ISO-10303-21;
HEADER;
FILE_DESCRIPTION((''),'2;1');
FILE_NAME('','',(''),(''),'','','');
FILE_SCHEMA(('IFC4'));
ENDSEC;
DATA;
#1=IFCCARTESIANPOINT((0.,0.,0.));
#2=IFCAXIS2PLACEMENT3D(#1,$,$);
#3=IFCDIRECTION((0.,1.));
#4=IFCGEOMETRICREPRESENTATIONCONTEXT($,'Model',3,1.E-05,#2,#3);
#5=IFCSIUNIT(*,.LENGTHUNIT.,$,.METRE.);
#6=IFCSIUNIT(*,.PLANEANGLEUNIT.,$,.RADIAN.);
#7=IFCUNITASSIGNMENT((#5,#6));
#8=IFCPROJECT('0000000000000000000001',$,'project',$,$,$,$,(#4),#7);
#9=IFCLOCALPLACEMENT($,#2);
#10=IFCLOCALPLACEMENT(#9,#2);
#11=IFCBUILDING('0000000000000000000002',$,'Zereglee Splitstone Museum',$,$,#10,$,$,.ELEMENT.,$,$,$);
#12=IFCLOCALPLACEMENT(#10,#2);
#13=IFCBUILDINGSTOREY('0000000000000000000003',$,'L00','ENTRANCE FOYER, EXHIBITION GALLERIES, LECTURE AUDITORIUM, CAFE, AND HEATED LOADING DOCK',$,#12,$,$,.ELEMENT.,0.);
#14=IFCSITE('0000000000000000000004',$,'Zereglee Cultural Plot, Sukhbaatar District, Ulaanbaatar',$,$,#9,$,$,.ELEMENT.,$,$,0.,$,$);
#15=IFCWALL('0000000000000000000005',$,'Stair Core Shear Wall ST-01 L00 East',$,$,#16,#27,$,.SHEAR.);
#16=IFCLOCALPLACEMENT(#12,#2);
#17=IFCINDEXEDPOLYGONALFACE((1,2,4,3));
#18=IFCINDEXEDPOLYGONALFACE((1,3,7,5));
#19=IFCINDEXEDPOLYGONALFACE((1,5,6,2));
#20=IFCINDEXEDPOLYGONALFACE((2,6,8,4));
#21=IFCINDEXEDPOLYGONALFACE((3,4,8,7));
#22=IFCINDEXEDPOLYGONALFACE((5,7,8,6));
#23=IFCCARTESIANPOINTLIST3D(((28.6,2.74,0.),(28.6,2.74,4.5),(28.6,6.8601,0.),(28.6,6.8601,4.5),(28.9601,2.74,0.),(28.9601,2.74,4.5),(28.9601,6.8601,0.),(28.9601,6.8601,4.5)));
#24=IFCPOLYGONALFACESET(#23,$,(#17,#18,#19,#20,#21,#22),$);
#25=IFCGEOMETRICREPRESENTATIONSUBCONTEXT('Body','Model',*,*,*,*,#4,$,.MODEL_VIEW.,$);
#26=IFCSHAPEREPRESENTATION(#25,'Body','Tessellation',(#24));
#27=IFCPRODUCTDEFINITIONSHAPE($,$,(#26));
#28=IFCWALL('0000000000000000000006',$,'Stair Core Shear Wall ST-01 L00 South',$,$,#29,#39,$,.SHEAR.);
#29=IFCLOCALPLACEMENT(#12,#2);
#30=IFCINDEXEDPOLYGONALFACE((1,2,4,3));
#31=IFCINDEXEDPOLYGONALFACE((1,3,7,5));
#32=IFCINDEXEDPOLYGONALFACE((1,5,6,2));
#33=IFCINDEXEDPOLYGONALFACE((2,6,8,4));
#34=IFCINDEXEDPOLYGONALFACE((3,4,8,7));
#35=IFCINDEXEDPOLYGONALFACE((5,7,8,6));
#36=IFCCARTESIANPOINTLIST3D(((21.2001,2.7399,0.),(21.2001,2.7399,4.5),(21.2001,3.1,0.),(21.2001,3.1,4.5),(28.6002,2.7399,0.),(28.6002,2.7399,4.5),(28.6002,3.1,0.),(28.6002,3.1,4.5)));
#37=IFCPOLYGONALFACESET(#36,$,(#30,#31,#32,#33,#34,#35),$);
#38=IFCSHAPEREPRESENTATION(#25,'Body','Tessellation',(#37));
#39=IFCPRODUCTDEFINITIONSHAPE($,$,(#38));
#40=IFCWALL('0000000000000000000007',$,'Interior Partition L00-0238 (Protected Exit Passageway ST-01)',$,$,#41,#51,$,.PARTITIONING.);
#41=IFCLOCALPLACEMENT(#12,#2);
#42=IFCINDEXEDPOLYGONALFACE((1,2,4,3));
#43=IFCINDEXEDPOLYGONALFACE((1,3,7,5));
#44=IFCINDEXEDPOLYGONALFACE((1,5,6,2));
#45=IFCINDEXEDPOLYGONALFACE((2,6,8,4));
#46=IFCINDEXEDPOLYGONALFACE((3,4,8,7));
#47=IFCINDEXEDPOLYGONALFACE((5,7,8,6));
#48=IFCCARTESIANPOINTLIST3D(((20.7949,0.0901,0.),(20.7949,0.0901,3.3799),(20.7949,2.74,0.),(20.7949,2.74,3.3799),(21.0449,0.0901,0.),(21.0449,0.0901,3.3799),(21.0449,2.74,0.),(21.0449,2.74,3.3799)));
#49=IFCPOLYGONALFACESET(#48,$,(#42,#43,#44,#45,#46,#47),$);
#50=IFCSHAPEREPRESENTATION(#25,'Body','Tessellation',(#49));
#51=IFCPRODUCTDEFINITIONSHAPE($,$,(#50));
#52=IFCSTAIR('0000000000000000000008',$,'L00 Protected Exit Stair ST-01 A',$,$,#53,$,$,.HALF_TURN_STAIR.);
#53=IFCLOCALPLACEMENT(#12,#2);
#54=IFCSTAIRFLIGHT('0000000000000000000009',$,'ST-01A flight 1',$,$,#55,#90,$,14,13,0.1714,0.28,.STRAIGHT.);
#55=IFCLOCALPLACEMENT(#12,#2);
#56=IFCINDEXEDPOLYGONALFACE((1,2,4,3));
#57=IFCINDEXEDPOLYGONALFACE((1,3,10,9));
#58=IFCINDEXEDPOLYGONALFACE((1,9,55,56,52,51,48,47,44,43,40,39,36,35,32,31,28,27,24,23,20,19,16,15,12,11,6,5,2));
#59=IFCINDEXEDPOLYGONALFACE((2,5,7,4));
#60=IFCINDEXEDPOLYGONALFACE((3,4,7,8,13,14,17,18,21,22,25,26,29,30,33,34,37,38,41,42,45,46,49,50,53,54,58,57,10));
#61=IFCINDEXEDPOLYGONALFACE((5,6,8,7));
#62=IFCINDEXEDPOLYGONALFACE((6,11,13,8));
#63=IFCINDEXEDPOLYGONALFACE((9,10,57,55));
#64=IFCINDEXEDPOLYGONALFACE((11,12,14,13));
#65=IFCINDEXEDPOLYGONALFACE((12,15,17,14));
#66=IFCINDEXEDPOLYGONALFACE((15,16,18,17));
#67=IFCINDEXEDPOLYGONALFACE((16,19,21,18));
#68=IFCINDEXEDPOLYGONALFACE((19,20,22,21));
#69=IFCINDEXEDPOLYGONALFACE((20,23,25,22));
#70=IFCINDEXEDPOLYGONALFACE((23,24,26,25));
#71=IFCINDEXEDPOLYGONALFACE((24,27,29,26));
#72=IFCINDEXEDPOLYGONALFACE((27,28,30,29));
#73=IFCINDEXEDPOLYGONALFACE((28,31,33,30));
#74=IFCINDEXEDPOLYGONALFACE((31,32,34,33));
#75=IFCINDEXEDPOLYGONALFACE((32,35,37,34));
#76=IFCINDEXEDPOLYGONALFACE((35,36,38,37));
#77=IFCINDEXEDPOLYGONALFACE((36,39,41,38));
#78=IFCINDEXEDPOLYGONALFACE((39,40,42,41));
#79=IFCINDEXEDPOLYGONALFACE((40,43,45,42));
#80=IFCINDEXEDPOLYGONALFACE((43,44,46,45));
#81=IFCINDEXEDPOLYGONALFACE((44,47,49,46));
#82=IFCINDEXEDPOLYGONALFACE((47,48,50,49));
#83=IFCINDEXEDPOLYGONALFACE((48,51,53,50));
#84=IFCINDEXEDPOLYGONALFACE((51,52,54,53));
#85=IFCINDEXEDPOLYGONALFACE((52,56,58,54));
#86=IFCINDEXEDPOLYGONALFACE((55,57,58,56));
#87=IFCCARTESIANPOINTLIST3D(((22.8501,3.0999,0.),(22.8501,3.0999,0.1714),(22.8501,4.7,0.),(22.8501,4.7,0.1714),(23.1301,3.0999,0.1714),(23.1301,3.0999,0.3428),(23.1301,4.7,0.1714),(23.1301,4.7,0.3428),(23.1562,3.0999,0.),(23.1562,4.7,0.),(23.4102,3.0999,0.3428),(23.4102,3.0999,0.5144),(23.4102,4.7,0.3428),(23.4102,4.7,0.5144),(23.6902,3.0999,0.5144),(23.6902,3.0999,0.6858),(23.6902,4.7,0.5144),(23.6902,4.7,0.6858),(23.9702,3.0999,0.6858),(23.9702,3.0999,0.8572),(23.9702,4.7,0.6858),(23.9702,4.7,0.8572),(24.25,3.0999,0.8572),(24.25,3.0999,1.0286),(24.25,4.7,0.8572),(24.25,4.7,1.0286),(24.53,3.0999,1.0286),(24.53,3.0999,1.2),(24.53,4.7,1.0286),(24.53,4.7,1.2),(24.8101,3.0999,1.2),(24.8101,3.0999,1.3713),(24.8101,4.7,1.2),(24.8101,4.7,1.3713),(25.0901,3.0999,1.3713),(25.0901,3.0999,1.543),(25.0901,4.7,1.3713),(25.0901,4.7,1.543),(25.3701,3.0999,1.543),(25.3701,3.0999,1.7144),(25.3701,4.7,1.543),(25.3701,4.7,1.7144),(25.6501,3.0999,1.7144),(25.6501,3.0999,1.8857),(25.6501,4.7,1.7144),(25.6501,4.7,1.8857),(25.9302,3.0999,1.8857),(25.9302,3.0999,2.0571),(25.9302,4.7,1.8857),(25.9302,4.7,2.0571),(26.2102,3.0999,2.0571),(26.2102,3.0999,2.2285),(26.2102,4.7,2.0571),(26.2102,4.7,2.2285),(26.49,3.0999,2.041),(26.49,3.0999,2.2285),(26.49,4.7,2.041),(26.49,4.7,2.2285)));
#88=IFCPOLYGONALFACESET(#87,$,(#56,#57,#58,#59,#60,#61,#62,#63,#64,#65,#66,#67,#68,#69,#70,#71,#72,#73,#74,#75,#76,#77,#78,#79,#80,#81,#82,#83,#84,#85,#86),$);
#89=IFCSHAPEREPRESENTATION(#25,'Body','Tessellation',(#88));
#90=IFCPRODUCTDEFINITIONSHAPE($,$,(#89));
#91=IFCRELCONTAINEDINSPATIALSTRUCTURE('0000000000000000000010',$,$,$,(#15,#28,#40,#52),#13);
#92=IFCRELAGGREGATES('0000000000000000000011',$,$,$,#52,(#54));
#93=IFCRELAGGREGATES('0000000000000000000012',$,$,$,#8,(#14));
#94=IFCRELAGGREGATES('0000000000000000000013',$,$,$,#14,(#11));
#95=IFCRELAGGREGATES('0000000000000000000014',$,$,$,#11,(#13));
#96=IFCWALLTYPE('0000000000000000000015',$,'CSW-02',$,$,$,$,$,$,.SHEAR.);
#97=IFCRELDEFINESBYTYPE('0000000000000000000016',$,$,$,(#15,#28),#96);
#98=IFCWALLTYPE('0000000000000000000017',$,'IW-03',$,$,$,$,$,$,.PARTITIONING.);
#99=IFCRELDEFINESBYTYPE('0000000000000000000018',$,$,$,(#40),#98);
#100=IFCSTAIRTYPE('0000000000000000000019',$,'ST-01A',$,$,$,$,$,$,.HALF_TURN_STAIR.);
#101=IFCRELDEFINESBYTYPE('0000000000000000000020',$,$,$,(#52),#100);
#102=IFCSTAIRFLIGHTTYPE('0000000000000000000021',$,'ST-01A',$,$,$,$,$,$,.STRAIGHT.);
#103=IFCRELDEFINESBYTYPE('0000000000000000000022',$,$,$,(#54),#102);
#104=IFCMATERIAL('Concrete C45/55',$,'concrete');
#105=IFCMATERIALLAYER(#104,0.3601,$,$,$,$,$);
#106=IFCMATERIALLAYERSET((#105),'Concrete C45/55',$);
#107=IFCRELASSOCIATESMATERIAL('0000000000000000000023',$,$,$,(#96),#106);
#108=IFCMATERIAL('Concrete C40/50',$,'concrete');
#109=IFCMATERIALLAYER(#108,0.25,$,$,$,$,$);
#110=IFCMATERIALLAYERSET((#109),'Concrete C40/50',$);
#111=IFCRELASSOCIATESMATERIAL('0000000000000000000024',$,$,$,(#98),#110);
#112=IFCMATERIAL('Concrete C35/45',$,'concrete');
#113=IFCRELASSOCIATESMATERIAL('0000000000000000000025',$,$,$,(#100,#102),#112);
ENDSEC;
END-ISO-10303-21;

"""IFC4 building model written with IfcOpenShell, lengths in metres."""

from ifc_helpers import new_model, si_unit, direction, frame, frame_2d, origin, place, context, subcontext, project, spatial, polyline, rectangle, outline, extrude, material, layer, layer_set, type_object, element, aggregate, save


model = new_model("IFC4")

# Units and contexts
model_context = context("Model", 3, precision=1e-05, world=origin(), true_north=direction((0.0, 1.0)))
body_context = subcontext(model_context, "Body", "Model", "MODEL_VIEW")
ifc_project = project(units=[si_unit("LENGTHUNIT", "METRE"), si_unit("PLANEANGLEUNIT", "RADIAN")], contexts=[model_context])

# Site, building, storey
site_placement = place(None, origin())
site = spatial("IfcSite", under=ifc_project, at=site_placement, Name="Zereglee Cultural Plot, Sukhbaatar District, Ulaanbaatar", CompositionType="ELEMENT", RefElevation=0.0)
building_placement = place(site_placement, origin())
building = spatial("IfcBuilding", under=site, at=building_placement, Name="Zereglee Splitstone Museum", CompositionType="ELEMENT")
storey_placement = place(building_placement, origin())
storey = spatial("IfcBuildingStorey", under=building, at=storey_placement, Name="L00", Description="ENTRANCE FOYER, EXHIBITION GALLERIES, LECTURE AUDITORIUM, CAFE, AND HEATED LOADING DOCK", CompositionType="ELEMENT", Elevation=0.0)

# Shared definitions
ifc_material_1 = material(Name="Concrete C45/55", Category="concrete")

# Shared definitions
ifc_layer_1 = layer(ifc_material_1, 0.3601)
ifc_layer_set_1 = layer_set([ifc_layer_1], Name="Concrete C45/55")
wall_type_1 = type_object("IfcWallType", Name="CSW-02", PredefinedType="SHEAR", material=ifc_layer_set_1)

# Walls
wall_1_placement = place(storey_placement, frame((28.78, 2.74, 0.0), z_axis=(0.0, 0.0, 1.0), x_axis=(0.0, 1.0, 0.0)))
element("IfcWall", 1, at=wall_1_placement, inside=storey, type_object=wall_type_1, Name="Stair Core Shear Wall ST-01 L00 East", PredefinedType="SHEAR", context=body_context, shape_type="SweptSolid", body=[
    extrude(rectangle(XDim=4.1201, YDim=0.3601, at=frame_2d((2.0601, 0.0))), origin(), (0.0, 0.0, 1.0), 4.5),
])
wall_2_placement = place(storey_placement, frame((21.2, 2.9199, 0.0), z_axis=(0.0, 0.0, 1.0), x_axis=(1.0, 0.0, 0.0)))
element("IfcWall", 2, at=wall_2_placement, inside=storey, type_object=wall_type_1, Name="Stair Core Shear Wall ST-01 L00 South", PredefinedType="SHEAR", context=body_context, shape_type="SweptSolid", body=[
    extrude(rectangle(XDim=7.4001, YDim=0.3601, at=frame_2d((3.7002, 0.0))), origin(), (0.0, 0.0, 1.0), 4.5),
])
ifc_material_2 = material(Name="Concrete C40/50", Category="concrete")
ifc_layer_2 = layer(ifc_material_2, 0.25)
ifc_layer_set_2 = layer_set([ifc_layer_2], Name="Concrete C40/50")
wall_type_2 = type_object("IfcWallType", Name="IW-03", PredefinedType="PARTITIONING", material=ifc_layer_set_2)
wall_3_placement = place(storey_placement, frame((20.9199, 0.0901, 0.0), z_axis=(0.0, 0.0, 1.0), x_axis=(0.0, 1.0, 0.0)))
element("IfcWall", 3, at=wall_3_placement, inside=storey, type_object=wall_type_2, Name="Interior Partition L00-0238 (Protected Exit Passageway ST-01)", PredefinedType="PARTITIONING", context=body_context, shape_type="SweptSolid", body=[
    extrude(rectangle(XDim=2.6499, YDim=0.25, at=frame_2d((1.325, 0.0))), origin(), (0.0, 0.0, 1.0), 3.3799),
])

# Stair, stair flight
ifc_material_3 = material(Name="Concrete C35/45", Category="concrete")
stair_type = type_object("IfcStairType", Name="ST-01A", PredefinedType="HALF_TURN_STAIR", material=ifc_material_3)
stair_placement = place(storey_placement, origin())
stair = element("IfcStair", 4, at=stair_placement, inside=storey, type_object=stair_type, Name="L00 Protected Exit Stair ST-01 A", PredefinedType="HALF_TURN_STAIR")
stair_flight_type = type_object("IfcStairFlightType", Name="ST-01A", PredefinedType="STRAIGHT", material=ifc_material_3)
stair_flight_placement = place(storey_placement, frame((22.8501, 3.8999, 0.0), z_axis=(0.0, 0.0, 1.0), x_axis=(1.0, 0.0, 0.0)))
stair_flight = element("IfcStairFlight", 5, at=stair_flight_placement, type_object=stair_flight_type, Name="ST-01A flight 1", NumberOfRisers=14, NumberOfTreads=13, PredefinedType="STRAIGHT", RiserHeight=0.1714, TreadLength=0.28, context=body_context, shape_type="SweptSolid", body=[
    extrude(outline(polyline([(0.0, 0.0), (0.0, 0.1714), (0.28, 0.1714), (0.28, 0.3428), (0.5601, 0.3428), (0.5601, 0.5144), (0.8401, 0.5144), (0.8401, 0.6858), (1.1201, 0.6858), (1.1201, 0.8572), (1.3999, 0.8572), (1.3999, 1.0286), (1.6799, 1.0286), (1.6799, 1.2), (1.96, 1.2), (1.96, 1.3713), (2.24, 1.3713), (2.24, 1.543), (2.52, 1.543), (2.52, 1.7144), (2.8, 1.7144), (2.8, 1.8857), (3.0801, 1.8857), (3.0801, 2.0571), (3.3601, 2.0571), (3.3601, 2.2285), (3.6399, 2.2285), (3.6399, 2.3999), (3.6399, 2.041), (0.3062, 0.0), (0.0, 0.0)])), frame((0.0, 0.8, 0.0), z_axis=(0.0, -1.0, 0.0), x_axis=(1.0, 0.0, 0.0)), (0.0, 0.0, 1.0), 1.6001),
])
aggregate(stair, [stair_flight])

save(model, "model.ifc")
